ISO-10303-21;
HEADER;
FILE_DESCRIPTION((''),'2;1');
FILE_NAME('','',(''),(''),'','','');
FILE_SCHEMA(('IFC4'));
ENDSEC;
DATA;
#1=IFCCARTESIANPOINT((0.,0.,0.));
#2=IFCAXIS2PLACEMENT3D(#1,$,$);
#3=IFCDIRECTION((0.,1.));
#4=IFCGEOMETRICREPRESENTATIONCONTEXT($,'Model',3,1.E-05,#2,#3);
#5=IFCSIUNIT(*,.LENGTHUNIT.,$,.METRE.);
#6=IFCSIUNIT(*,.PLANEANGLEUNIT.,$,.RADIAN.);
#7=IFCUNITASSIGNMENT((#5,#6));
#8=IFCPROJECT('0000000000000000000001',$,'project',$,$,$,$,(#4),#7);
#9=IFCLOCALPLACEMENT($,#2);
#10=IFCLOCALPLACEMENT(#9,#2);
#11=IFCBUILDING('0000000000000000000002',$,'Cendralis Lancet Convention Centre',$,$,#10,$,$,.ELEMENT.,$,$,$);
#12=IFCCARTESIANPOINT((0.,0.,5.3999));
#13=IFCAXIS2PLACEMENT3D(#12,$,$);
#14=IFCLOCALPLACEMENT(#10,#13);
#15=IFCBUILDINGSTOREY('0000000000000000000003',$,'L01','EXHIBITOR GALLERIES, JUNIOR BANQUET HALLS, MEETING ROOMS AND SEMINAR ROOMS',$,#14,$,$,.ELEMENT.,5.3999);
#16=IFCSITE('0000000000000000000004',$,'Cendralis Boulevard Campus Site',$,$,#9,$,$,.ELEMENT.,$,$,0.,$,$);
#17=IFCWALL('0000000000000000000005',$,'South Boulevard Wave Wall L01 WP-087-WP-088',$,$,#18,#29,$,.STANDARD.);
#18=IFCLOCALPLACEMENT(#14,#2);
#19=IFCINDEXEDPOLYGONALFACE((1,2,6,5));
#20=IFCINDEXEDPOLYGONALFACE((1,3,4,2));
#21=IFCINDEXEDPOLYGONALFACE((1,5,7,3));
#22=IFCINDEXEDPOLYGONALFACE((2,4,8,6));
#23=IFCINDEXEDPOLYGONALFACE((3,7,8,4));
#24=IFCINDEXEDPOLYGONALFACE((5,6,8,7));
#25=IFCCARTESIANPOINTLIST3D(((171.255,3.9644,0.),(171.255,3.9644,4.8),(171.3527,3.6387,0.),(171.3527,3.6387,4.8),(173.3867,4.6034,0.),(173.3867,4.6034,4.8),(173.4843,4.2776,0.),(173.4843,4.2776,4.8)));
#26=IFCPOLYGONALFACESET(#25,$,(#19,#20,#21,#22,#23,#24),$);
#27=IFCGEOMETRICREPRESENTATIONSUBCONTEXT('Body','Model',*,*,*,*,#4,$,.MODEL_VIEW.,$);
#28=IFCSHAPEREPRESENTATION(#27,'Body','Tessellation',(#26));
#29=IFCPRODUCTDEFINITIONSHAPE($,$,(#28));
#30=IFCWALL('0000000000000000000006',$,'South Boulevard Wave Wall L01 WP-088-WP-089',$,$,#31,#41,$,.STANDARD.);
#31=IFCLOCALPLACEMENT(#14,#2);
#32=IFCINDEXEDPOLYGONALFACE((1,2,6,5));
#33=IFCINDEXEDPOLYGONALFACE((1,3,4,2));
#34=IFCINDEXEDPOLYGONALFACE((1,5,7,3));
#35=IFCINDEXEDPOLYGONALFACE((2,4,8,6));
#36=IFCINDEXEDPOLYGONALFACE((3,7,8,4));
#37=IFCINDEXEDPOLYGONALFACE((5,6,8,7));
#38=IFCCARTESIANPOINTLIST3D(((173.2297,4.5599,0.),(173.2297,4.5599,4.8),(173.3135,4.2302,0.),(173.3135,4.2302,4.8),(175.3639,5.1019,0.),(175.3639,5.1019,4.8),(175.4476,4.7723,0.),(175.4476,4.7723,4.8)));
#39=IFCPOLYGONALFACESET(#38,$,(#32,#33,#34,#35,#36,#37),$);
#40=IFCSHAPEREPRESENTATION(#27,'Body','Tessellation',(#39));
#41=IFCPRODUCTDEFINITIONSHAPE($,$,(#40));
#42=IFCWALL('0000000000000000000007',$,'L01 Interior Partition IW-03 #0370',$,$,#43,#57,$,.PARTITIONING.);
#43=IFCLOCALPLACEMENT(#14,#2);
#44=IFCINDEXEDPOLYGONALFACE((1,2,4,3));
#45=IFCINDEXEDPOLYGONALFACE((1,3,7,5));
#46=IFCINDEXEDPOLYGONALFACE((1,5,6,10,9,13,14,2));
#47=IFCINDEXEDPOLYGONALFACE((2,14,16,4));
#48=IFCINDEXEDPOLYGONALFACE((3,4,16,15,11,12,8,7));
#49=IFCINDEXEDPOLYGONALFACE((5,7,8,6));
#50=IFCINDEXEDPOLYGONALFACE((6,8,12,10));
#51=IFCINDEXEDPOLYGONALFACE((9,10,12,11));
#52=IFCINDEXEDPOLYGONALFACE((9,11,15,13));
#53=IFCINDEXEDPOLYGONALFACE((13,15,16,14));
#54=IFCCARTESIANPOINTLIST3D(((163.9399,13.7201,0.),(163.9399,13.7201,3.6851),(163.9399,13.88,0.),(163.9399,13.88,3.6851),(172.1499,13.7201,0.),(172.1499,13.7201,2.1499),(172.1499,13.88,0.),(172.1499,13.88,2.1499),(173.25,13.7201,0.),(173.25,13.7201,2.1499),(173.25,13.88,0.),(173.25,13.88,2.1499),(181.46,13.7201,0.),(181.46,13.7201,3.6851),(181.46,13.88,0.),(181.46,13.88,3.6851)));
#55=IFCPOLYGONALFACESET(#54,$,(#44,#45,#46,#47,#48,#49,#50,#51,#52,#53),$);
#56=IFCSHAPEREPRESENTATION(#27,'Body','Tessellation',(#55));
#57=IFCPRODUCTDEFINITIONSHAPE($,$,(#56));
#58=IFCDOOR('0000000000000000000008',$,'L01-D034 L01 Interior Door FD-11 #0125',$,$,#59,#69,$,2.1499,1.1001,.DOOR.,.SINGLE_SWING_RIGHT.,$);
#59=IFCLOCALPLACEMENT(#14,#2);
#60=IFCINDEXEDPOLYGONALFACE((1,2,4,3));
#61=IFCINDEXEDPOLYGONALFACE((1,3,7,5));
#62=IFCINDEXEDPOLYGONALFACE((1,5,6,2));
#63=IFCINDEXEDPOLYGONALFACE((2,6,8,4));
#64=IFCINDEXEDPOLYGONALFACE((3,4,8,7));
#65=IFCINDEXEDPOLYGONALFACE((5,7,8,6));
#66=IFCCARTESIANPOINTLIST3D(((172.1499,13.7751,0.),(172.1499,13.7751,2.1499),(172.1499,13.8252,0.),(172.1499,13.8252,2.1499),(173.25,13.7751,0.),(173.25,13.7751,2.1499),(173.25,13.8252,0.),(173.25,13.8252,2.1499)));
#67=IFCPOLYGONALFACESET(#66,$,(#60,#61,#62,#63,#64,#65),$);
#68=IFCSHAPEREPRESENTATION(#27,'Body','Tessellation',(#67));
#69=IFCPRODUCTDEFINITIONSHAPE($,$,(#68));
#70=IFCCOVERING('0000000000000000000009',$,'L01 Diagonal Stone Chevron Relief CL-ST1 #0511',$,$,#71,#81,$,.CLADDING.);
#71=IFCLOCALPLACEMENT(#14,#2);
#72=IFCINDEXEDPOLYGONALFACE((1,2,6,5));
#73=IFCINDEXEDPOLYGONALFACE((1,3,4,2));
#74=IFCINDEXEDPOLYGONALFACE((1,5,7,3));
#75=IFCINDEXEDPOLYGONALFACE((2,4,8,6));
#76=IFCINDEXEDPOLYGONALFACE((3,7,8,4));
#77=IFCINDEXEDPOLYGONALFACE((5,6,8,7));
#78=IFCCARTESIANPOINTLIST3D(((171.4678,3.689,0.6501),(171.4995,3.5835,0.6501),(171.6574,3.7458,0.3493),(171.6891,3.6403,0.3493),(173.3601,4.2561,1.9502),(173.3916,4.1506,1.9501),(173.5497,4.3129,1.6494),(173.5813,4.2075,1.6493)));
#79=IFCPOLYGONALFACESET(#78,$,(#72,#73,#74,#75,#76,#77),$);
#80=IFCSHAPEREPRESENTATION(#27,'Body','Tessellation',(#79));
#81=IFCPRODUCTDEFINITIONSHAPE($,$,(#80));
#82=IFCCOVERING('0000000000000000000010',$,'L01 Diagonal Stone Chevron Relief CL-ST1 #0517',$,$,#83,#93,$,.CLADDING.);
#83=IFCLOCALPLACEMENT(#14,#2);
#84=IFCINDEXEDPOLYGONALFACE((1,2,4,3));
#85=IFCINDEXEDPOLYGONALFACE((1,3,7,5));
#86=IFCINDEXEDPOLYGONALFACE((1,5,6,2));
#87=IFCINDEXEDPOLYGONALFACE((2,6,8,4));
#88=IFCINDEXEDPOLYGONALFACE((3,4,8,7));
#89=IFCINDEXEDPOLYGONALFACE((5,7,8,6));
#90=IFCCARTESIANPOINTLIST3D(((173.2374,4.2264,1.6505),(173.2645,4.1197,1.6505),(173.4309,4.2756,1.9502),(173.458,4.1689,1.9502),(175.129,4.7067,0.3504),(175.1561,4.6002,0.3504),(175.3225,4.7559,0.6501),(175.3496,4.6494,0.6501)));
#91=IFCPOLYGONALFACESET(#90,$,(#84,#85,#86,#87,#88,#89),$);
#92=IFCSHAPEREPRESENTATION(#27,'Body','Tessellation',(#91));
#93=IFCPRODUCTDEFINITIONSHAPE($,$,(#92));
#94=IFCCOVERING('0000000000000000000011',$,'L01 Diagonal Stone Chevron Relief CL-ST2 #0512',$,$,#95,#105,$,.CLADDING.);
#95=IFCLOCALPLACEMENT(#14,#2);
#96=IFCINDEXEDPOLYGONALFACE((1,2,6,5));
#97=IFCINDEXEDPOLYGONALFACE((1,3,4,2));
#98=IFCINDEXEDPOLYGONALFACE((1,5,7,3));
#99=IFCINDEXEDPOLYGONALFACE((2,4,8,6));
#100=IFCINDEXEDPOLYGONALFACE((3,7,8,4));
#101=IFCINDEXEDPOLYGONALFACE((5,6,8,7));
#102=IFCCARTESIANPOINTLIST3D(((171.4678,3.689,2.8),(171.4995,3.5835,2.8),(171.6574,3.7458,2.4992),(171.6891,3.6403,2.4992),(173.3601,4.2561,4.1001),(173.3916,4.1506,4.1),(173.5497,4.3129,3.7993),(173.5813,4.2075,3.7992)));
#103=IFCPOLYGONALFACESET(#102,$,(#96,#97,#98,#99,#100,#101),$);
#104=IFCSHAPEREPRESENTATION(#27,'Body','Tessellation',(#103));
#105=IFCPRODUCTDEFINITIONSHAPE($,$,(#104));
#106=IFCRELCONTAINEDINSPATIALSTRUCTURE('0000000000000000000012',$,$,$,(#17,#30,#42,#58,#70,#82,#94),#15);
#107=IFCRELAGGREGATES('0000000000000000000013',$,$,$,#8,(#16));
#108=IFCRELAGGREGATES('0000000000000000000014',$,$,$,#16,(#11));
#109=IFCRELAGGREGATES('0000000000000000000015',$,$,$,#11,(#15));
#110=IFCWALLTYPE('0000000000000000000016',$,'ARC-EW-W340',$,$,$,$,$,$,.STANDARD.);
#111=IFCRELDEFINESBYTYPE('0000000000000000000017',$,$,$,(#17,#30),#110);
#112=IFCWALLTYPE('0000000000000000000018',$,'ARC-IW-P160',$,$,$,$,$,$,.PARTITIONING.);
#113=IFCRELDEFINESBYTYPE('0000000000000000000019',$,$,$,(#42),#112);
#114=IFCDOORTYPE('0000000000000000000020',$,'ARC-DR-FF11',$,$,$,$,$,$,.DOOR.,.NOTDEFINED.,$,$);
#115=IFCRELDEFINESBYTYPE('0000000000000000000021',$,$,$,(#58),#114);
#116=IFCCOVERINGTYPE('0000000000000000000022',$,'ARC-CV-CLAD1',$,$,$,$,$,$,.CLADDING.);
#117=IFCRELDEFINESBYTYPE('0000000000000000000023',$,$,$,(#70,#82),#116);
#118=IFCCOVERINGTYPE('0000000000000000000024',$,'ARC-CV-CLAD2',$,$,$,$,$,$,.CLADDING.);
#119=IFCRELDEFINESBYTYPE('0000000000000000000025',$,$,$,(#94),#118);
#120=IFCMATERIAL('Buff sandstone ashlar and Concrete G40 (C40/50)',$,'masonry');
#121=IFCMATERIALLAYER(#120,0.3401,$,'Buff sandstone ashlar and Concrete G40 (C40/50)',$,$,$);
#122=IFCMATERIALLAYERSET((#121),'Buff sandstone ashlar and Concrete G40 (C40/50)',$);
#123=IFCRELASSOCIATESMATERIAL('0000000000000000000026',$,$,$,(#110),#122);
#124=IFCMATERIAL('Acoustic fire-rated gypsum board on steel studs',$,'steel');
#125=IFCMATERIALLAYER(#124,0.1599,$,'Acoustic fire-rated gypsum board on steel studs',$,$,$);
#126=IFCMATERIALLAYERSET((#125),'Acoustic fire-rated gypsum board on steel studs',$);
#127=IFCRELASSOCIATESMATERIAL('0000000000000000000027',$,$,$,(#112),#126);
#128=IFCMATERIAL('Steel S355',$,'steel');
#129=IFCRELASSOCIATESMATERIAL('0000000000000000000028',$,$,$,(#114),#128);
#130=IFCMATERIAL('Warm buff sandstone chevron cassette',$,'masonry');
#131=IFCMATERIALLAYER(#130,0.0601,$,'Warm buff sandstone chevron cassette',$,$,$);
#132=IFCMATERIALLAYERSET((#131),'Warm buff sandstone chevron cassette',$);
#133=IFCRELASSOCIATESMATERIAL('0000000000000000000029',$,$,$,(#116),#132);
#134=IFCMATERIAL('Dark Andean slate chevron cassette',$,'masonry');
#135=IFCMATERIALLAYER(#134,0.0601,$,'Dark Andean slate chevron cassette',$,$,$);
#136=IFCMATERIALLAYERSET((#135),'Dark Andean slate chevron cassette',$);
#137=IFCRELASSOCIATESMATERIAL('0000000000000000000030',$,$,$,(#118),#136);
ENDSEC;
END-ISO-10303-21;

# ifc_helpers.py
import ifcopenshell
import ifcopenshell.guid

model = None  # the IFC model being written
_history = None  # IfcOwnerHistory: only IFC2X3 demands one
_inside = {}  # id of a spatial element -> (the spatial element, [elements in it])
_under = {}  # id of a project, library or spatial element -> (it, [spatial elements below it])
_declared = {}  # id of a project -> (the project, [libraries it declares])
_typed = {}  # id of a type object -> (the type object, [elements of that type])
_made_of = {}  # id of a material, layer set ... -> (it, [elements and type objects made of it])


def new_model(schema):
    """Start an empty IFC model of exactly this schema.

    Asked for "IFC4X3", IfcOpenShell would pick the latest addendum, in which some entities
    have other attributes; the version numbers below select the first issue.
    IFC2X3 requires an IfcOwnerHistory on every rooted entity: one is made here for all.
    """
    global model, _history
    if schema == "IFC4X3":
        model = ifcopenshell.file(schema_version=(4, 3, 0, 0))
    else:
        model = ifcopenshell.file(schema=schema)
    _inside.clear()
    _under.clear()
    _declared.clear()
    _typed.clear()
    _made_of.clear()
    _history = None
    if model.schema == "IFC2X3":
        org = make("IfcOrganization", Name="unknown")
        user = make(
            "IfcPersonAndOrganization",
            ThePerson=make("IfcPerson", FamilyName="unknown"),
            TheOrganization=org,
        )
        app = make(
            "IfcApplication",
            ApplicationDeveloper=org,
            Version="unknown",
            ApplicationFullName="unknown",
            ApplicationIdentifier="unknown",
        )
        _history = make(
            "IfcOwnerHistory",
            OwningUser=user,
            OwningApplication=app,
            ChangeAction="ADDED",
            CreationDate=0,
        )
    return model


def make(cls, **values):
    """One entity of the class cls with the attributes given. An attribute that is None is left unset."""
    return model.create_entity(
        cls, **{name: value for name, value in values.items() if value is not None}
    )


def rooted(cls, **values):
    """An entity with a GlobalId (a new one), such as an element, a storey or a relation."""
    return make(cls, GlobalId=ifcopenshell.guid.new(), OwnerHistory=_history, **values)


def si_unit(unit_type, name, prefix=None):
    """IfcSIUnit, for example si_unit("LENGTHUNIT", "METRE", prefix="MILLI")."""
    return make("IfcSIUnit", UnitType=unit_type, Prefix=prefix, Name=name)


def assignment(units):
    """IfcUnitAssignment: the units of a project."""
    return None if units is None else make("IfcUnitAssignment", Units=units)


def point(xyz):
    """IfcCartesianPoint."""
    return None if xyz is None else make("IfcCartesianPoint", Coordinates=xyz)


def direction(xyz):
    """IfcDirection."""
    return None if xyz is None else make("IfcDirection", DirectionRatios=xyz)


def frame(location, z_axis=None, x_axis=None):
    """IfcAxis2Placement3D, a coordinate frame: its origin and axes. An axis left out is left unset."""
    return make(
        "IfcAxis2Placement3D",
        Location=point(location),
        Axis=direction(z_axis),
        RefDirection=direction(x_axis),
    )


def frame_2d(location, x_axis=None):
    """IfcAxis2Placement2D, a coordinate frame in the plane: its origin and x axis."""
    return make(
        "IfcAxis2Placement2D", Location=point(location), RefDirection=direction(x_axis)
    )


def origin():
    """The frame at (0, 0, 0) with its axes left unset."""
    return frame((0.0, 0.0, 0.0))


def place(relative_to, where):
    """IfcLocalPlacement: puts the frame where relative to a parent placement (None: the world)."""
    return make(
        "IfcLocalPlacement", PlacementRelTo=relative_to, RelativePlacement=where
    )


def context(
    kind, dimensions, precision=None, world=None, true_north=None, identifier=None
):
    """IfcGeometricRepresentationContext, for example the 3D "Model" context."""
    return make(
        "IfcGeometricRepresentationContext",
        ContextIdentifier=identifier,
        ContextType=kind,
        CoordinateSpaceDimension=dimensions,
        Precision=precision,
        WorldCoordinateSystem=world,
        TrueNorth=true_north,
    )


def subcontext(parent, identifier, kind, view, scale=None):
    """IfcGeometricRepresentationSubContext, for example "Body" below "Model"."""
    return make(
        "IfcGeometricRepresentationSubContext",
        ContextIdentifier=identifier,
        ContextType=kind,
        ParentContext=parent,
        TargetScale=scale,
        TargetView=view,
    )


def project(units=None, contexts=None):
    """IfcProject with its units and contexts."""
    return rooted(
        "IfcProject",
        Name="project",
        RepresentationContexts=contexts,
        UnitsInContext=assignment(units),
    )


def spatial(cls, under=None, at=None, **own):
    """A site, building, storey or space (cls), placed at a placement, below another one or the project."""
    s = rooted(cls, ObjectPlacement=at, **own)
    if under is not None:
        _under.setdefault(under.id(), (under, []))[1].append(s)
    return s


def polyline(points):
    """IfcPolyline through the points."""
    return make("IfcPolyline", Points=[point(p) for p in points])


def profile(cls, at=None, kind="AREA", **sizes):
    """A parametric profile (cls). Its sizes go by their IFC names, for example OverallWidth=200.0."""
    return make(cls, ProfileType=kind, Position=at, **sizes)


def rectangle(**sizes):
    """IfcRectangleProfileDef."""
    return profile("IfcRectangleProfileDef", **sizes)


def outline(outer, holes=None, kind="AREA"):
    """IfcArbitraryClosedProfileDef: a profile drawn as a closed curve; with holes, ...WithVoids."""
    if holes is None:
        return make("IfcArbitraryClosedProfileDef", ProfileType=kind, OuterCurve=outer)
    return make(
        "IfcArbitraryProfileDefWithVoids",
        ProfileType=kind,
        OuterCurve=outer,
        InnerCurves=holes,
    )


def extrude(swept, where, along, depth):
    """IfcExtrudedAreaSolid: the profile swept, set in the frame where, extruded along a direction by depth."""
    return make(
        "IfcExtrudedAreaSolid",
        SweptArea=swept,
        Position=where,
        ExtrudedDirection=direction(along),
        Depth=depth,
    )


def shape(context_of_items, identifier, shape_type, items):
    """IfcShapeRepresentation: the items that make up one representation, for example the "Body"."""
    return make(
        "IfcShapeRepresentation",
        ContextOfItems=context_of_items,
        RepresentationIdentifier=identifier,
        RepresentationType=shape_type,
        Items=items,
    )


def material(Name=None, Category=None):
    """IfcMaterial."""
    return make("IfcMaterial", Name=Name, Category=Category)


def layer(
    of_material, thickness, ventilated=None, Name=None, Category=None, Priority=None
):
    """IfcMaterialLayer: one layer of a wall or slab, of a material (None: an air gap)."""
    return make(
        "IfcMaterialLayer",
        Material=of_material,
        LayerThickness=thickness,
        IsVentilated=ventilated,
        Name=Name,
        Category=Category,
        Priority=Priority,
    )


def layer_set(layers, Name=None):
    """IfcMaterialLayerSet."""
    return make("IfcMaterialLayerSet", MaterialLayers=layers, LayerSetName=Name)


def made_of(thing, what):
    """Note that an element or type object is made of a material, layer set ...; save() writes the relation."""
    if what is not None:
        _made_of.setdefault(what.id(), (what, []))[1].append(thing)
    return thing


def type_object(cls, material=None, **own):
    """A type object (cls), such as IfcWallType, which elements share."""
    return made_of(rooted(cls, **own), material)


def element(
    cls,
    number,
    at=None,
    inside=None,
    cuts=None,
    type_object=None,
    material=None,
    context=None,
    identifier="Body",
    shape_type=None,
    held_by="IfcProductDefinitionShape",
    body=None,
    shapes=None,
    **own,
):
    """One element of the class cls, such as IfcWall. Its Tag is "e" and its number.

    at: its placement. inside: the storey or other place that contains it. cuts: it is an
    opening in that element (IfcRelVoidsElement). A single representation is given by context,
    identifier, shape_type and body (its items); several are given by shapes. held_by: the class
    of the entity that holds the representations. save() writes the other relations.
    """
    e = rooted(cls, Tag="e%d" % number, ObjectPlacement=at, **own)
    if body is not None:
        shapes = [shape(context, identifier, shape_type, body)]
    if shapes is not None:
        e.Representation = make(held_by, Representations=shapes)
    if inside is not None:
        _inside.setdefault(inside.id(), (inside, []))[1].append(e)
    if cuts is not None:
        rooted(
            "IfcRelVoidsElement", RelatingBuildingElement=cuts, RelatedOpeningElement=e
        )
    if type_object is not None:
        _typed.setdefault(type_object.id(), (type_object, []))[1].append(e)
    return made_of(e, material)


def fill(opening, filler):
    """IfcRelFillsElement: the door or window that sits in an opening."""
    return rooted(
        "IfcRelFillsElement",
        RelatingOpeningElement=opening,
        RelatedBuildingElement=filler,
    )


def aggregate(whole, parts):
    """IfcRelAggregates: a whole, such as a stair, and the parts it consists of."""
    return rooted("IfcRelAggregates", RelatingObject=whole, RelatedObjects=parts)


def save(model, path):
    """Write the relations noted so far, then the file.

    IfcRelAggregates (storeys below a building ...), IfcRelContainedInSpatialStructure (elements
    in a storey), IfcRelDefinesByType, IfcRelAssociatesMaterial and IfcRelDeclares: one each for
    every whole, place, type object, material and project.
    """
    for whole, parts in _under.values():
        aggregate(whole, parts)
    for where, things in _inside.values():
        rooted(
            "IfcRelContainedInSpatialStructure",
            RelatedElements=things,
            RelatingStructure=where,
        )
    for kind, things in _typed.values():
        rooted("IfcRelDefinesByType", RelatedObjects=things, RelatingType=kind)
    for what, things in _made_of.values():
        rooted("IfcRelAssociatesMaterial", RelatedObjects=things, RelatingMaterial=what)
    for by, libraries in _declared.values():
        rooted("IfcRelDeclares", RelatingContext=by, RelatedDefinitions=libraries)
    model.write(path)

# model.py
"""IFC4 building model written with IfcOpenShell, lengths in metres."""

from ifc_helpers import new_model, si_unit, direction, frame, frame_2d, origin, place, context, subcontext, project, spatial, polyline, rectangle, outline, extrude, material, layer, layer_set, type_object, element, fill, save


model = new_model("IFC4")

# Units and contexts
model_context = context("Model", 3, precision=1e-05, world=origin(), true_north=direction((0.0, 1.0)))
body_context = subcontext(model_context, "Body", "Model", "MODEL_VIEW")
ifc_project = project(units=[si_unit("LENGTHUNIT", "METRE"), si_unit("PLANEANGLEUNIT", "RADIAN")], contexts=[model_context])

# Site, building, storey
site_placement = place(None, origin())
site = spatial("IfcSite", under=ifc_project, at=site_placement, Name="Cendralis Boulevard Campus Site", CompositionType="ELEMENT", RefElevation=0.0)
building_placement = place(site_placement, origin())
building = spatial("IfcBuilding", under=site, at=building_placement, Name="Cendralis Lancet Convention Centre", CompositionType="ELEMENT")
storey_placement = place(building_placement, frame((0.0, 0.0, 5.3999)))
storey = spatial("IfcBuildingStorey", under=building, at=storey_placement, Name="L01", Description="EXHIBITOR GALLERIES, JUNIOR BANQUET HALLS, MEETING ROOMS AND SEMINAR ROOMS", CompositionType="ELEMENT", Elevation=5.3999)

# Shared definitions
ifc_material_1 = material(Name="Steel S355", Category="steel")

# Shared definitions
ifc_material_2 = material(Name="Warm buff sandstone chevron cassette", Category="masonry")

# Walls
ifc_material_3 = material(Name="Buff sandstone ashlar and Concrete G40 (C40/50)", Category="masonry")
ifc_layer_1 = layer(ifc_material_3, 0.3401, Name="Buff sandstone ashlar and Concrete G40 (C40/50)")
ifc_layer_set_1 = layer_set([ifc_layer_1], Name="Buff sandstone ashlar and Concrete G40 (C40/50)")
wall_type_1 = type_object("IfcWallType", Name="ARC-EW-W340", PredefinedType="STANDARD", material=ifc_layer_set_1)
wall_1_placement = place(storey_placement, frame((171.3037, 3.8015, 0.0), z_axis=(0.0, 0.0, 1.0), x_axis=(0.957896, 0.287116, 0.0)))
element("IfcWall", 1, at=wall_1_placement, inside=storey, type_object=wall_type_1, Name="South Boulevard Wave Wall L01 WP-087-WP-088", PredefinedType="STANDARD", context=body_context, shape_type="SweptSolid", body=[
    extrude(rectangle(XDim=2.2253, YDim=0.3401, at=frame_2d((1.1128, 0.0))), origin(), (0.0, 0.0, 1.0), 4.8),
])
wall_2_placement = place(storey_placement, frame((173.2715, 4.395, 0.0), z_axis=(0.0, 0.0, 1.0), x_axis=(0.969229, 0.24616, 0.0)))
element("IfcWall", 2, at=wall_2_placement, inside=storey, type_object=wall_type_1, Name="South Boulevard Wave Wall L01 WP-088-WP-089", PredefinedType="STANDARD", context=body_context, shape_type="SweptSolid", body=[
    extrude(rectangle(XDim=2.2019, YDim=0.3401, at=frame_2d((1.1011, 0.0))), origin(), (0.0, 0.0, 1.0), 4.8),
])

# Wall, opening, door
ifc_material_4 = material(Name="Acoustic fire-rated gypsum board on steel studs", Category="steel")
ifc_layer_2 = layer(ifc_material_4, 0.1599, Name="Acoustic fire-rated gypsum board on steel studs")
ifc_layer_set_2 = layer_set([ifc_layer_2], Name="Acoustic fire-rated gypsum board on steel studs")
wall_type_2 = type_object("IfcWallType", Name="ARC-IW-P160", PredefinedType="PARTITIONING", material=ifc_layer_set_2)
wall_3_placement = place(storey_placement, frame((163.9399, 13.8, 0.0), z_axis=(0.0, 0.0, 1.0), x_axis=(1.0, 0.0, 0.0)))
wall_3 = element("IfcWall", 3, at=wall_3_placement, inside=storey, type_object=wall_type_2, Name="L01 Interior Partition IW-03 #0370", PredefinedType="PARTITIONING", context=body_context, shape_type="SweptSolid", body=[
    extrude(rectangle(XDim=17.52, YDim=0.1599, at=frame_2d((8.76, 0.0))), origin(), (0.0, 0.0, 1.0), 3.6851),
])
opening_placement = place(wall_3_placement, frame((8.21, 0.0, 0.0)))
opening = element("IfcOpeningElement", 4, at=opening_placement, cuts=wall_3, PredefinedType="OPENING", context=body_context, shape_type="SweptSolid", body=[
    extrude(rectangle(XDim=1.1001, YDim=2.1499, at=frame_2d((0.55, 1.075))), frame((0.0, 0.0898, 0.0), z_axis=(0.0, -1.0, 0.0), x_axis=(1.0, 0.0, 0.0)), (0.0, 0.0, 1.0), 0.1799),
])
door_type = type_object("IfcDoorType", Name="ARC-DR-FF11", OperationType="NOTDEFINED", PredefinedType="DOOR", material=ifc_material_1)
door_placement = place(opening_placement, frame((1.1001, 0.0, 0.0), z_axis=(0.0, 0.0, 1.0), x_axis=(-1.0, 0.0, 0.0)))
door = element("IfcDoor", 5, at=door_placement, inside=storey, type_object=door_type, Name="L01-D034 L01 Interior Door FD-11 #0125", OperationType="SINGLE_SWING_RIGHT", OverallHeight=2.1499, OverallWidth=1.1001, PredefinedType="DOOR", context=body_context, shape_type="SweptSolid", body=[
    extrude(rectangle(XDim=1.1001, YDim=2.1499, at=frame_2d((0.55, 1.075))), frame((0.0, 0.0249, 0.0), z_axis=(0.0, -1.0, 0.0), x_axis=(1.0, 0.0, 0.0)), (0.0, 0.0, 1.0), 0.05),
])
fill(opening, door)

# Coverings
ifc_layer_3 = layer(ifc_material_2, 0.0601, Name="Warm buff sandstone chevron cassette")
ifc_layer_set_3 = layer_set([ifc_layer_3], Name="Warm buff sandstone chevron cassette")
covering_type_1 = type_object("IfcCoveringType", Name="ARC-CV-CLAD1", PredefinedType="CLADDING", material=ifc_layer_set_3)
covering_1_placement = place(storey_placement, frame((171.4995, 3.5835, 0.6501), z_axis=(-0.5266, -0.157858, 0.835328), x_axis=(0.800156, 0.23984, 0.549752)))
element("IfcCovering", 6, at=covering_1_placement, inside=storey, type_object=covering_type_1, Name="L01 Diagonal Stone Chevron Relief CL-ST1 #0511", PredefinedType="CLADDING", context=body_context, shape_type="SweptSolid", body=[
    extrude(outline(polyline([(0.0, 0.0), (2.3647, 0.0), (2.3648, 0.1101), (-0.0001, 0.1101), (0.0, 0.0)])), origin(), (0.0, 0.0, -1.0), 0.3601),
])
covering_2_placement = place(storey_placement, frame((173.458, 4.1689, 1.9502), z_axis=(0.537292, 0.136631, 0.832255), x_axis=(0.806641, 0.204888, -0.554392)))
element("IfcCovering", 7, at=covering_2_placement, inside=storey, type_object=covering_type_1, Name="L01 Diagonal Stone Chevron Relief CL-ST1 #0517", PredefinedType="CLADDING", context=body_context, shape_type="SweptSolid", body=[
    extrude(outline(polyline([(0.0, 0.0), (2.345, 0.0), (2.345, 0.1098), (0.0, 0.1101), (0.0, 0.0)])), origin(), (0.0, 0.0, -1.0), 0.3601),
])
ifc_material_5 = material(Name="Dark Andean slate chevron cassette", Category="masonry")
ifc_layer_4 = layer(ifc_material_5, 0.0601, Name="Dark Andean slate chevron cassette")
ifc_layer_set_4 = layer_set([ifc_layer_4], Name="Dark Andean slate chevron cassette")
covering_type_2 = type_object("IfcCoveringType", Name="ARC-CV-CLAD2", PredefinedType="CLADDING", material=ifc_layer_set_4)
covering_3_placement = place(storey_placement, frame((171.4995, 3.5835, 2.8), z_axis=(-0.5266, -0.157858, 0.835328), x_axis=(0.800156, 0.23984, 0.549752)))
element("IfcCovering", 8, at=covering_3_placement, inside=storey, type_object=covering_type_2, Name="L01 Diagonal Stone Chevron Relief CL-ST2 #0512", PredefinedType="CLADDING", context=body_context, shape_type="SweptSolid", body=[
    extrude(outline(polyline([(0.0, 0.0), (2.3647, 0.0), (2.3648, 0.1101), (-0.0001, 0.1101), (0.0, 0.0)])), origin(), (0.0, 0.0, -1.0), 0.3601),
])

save(model, "model.ifc")
